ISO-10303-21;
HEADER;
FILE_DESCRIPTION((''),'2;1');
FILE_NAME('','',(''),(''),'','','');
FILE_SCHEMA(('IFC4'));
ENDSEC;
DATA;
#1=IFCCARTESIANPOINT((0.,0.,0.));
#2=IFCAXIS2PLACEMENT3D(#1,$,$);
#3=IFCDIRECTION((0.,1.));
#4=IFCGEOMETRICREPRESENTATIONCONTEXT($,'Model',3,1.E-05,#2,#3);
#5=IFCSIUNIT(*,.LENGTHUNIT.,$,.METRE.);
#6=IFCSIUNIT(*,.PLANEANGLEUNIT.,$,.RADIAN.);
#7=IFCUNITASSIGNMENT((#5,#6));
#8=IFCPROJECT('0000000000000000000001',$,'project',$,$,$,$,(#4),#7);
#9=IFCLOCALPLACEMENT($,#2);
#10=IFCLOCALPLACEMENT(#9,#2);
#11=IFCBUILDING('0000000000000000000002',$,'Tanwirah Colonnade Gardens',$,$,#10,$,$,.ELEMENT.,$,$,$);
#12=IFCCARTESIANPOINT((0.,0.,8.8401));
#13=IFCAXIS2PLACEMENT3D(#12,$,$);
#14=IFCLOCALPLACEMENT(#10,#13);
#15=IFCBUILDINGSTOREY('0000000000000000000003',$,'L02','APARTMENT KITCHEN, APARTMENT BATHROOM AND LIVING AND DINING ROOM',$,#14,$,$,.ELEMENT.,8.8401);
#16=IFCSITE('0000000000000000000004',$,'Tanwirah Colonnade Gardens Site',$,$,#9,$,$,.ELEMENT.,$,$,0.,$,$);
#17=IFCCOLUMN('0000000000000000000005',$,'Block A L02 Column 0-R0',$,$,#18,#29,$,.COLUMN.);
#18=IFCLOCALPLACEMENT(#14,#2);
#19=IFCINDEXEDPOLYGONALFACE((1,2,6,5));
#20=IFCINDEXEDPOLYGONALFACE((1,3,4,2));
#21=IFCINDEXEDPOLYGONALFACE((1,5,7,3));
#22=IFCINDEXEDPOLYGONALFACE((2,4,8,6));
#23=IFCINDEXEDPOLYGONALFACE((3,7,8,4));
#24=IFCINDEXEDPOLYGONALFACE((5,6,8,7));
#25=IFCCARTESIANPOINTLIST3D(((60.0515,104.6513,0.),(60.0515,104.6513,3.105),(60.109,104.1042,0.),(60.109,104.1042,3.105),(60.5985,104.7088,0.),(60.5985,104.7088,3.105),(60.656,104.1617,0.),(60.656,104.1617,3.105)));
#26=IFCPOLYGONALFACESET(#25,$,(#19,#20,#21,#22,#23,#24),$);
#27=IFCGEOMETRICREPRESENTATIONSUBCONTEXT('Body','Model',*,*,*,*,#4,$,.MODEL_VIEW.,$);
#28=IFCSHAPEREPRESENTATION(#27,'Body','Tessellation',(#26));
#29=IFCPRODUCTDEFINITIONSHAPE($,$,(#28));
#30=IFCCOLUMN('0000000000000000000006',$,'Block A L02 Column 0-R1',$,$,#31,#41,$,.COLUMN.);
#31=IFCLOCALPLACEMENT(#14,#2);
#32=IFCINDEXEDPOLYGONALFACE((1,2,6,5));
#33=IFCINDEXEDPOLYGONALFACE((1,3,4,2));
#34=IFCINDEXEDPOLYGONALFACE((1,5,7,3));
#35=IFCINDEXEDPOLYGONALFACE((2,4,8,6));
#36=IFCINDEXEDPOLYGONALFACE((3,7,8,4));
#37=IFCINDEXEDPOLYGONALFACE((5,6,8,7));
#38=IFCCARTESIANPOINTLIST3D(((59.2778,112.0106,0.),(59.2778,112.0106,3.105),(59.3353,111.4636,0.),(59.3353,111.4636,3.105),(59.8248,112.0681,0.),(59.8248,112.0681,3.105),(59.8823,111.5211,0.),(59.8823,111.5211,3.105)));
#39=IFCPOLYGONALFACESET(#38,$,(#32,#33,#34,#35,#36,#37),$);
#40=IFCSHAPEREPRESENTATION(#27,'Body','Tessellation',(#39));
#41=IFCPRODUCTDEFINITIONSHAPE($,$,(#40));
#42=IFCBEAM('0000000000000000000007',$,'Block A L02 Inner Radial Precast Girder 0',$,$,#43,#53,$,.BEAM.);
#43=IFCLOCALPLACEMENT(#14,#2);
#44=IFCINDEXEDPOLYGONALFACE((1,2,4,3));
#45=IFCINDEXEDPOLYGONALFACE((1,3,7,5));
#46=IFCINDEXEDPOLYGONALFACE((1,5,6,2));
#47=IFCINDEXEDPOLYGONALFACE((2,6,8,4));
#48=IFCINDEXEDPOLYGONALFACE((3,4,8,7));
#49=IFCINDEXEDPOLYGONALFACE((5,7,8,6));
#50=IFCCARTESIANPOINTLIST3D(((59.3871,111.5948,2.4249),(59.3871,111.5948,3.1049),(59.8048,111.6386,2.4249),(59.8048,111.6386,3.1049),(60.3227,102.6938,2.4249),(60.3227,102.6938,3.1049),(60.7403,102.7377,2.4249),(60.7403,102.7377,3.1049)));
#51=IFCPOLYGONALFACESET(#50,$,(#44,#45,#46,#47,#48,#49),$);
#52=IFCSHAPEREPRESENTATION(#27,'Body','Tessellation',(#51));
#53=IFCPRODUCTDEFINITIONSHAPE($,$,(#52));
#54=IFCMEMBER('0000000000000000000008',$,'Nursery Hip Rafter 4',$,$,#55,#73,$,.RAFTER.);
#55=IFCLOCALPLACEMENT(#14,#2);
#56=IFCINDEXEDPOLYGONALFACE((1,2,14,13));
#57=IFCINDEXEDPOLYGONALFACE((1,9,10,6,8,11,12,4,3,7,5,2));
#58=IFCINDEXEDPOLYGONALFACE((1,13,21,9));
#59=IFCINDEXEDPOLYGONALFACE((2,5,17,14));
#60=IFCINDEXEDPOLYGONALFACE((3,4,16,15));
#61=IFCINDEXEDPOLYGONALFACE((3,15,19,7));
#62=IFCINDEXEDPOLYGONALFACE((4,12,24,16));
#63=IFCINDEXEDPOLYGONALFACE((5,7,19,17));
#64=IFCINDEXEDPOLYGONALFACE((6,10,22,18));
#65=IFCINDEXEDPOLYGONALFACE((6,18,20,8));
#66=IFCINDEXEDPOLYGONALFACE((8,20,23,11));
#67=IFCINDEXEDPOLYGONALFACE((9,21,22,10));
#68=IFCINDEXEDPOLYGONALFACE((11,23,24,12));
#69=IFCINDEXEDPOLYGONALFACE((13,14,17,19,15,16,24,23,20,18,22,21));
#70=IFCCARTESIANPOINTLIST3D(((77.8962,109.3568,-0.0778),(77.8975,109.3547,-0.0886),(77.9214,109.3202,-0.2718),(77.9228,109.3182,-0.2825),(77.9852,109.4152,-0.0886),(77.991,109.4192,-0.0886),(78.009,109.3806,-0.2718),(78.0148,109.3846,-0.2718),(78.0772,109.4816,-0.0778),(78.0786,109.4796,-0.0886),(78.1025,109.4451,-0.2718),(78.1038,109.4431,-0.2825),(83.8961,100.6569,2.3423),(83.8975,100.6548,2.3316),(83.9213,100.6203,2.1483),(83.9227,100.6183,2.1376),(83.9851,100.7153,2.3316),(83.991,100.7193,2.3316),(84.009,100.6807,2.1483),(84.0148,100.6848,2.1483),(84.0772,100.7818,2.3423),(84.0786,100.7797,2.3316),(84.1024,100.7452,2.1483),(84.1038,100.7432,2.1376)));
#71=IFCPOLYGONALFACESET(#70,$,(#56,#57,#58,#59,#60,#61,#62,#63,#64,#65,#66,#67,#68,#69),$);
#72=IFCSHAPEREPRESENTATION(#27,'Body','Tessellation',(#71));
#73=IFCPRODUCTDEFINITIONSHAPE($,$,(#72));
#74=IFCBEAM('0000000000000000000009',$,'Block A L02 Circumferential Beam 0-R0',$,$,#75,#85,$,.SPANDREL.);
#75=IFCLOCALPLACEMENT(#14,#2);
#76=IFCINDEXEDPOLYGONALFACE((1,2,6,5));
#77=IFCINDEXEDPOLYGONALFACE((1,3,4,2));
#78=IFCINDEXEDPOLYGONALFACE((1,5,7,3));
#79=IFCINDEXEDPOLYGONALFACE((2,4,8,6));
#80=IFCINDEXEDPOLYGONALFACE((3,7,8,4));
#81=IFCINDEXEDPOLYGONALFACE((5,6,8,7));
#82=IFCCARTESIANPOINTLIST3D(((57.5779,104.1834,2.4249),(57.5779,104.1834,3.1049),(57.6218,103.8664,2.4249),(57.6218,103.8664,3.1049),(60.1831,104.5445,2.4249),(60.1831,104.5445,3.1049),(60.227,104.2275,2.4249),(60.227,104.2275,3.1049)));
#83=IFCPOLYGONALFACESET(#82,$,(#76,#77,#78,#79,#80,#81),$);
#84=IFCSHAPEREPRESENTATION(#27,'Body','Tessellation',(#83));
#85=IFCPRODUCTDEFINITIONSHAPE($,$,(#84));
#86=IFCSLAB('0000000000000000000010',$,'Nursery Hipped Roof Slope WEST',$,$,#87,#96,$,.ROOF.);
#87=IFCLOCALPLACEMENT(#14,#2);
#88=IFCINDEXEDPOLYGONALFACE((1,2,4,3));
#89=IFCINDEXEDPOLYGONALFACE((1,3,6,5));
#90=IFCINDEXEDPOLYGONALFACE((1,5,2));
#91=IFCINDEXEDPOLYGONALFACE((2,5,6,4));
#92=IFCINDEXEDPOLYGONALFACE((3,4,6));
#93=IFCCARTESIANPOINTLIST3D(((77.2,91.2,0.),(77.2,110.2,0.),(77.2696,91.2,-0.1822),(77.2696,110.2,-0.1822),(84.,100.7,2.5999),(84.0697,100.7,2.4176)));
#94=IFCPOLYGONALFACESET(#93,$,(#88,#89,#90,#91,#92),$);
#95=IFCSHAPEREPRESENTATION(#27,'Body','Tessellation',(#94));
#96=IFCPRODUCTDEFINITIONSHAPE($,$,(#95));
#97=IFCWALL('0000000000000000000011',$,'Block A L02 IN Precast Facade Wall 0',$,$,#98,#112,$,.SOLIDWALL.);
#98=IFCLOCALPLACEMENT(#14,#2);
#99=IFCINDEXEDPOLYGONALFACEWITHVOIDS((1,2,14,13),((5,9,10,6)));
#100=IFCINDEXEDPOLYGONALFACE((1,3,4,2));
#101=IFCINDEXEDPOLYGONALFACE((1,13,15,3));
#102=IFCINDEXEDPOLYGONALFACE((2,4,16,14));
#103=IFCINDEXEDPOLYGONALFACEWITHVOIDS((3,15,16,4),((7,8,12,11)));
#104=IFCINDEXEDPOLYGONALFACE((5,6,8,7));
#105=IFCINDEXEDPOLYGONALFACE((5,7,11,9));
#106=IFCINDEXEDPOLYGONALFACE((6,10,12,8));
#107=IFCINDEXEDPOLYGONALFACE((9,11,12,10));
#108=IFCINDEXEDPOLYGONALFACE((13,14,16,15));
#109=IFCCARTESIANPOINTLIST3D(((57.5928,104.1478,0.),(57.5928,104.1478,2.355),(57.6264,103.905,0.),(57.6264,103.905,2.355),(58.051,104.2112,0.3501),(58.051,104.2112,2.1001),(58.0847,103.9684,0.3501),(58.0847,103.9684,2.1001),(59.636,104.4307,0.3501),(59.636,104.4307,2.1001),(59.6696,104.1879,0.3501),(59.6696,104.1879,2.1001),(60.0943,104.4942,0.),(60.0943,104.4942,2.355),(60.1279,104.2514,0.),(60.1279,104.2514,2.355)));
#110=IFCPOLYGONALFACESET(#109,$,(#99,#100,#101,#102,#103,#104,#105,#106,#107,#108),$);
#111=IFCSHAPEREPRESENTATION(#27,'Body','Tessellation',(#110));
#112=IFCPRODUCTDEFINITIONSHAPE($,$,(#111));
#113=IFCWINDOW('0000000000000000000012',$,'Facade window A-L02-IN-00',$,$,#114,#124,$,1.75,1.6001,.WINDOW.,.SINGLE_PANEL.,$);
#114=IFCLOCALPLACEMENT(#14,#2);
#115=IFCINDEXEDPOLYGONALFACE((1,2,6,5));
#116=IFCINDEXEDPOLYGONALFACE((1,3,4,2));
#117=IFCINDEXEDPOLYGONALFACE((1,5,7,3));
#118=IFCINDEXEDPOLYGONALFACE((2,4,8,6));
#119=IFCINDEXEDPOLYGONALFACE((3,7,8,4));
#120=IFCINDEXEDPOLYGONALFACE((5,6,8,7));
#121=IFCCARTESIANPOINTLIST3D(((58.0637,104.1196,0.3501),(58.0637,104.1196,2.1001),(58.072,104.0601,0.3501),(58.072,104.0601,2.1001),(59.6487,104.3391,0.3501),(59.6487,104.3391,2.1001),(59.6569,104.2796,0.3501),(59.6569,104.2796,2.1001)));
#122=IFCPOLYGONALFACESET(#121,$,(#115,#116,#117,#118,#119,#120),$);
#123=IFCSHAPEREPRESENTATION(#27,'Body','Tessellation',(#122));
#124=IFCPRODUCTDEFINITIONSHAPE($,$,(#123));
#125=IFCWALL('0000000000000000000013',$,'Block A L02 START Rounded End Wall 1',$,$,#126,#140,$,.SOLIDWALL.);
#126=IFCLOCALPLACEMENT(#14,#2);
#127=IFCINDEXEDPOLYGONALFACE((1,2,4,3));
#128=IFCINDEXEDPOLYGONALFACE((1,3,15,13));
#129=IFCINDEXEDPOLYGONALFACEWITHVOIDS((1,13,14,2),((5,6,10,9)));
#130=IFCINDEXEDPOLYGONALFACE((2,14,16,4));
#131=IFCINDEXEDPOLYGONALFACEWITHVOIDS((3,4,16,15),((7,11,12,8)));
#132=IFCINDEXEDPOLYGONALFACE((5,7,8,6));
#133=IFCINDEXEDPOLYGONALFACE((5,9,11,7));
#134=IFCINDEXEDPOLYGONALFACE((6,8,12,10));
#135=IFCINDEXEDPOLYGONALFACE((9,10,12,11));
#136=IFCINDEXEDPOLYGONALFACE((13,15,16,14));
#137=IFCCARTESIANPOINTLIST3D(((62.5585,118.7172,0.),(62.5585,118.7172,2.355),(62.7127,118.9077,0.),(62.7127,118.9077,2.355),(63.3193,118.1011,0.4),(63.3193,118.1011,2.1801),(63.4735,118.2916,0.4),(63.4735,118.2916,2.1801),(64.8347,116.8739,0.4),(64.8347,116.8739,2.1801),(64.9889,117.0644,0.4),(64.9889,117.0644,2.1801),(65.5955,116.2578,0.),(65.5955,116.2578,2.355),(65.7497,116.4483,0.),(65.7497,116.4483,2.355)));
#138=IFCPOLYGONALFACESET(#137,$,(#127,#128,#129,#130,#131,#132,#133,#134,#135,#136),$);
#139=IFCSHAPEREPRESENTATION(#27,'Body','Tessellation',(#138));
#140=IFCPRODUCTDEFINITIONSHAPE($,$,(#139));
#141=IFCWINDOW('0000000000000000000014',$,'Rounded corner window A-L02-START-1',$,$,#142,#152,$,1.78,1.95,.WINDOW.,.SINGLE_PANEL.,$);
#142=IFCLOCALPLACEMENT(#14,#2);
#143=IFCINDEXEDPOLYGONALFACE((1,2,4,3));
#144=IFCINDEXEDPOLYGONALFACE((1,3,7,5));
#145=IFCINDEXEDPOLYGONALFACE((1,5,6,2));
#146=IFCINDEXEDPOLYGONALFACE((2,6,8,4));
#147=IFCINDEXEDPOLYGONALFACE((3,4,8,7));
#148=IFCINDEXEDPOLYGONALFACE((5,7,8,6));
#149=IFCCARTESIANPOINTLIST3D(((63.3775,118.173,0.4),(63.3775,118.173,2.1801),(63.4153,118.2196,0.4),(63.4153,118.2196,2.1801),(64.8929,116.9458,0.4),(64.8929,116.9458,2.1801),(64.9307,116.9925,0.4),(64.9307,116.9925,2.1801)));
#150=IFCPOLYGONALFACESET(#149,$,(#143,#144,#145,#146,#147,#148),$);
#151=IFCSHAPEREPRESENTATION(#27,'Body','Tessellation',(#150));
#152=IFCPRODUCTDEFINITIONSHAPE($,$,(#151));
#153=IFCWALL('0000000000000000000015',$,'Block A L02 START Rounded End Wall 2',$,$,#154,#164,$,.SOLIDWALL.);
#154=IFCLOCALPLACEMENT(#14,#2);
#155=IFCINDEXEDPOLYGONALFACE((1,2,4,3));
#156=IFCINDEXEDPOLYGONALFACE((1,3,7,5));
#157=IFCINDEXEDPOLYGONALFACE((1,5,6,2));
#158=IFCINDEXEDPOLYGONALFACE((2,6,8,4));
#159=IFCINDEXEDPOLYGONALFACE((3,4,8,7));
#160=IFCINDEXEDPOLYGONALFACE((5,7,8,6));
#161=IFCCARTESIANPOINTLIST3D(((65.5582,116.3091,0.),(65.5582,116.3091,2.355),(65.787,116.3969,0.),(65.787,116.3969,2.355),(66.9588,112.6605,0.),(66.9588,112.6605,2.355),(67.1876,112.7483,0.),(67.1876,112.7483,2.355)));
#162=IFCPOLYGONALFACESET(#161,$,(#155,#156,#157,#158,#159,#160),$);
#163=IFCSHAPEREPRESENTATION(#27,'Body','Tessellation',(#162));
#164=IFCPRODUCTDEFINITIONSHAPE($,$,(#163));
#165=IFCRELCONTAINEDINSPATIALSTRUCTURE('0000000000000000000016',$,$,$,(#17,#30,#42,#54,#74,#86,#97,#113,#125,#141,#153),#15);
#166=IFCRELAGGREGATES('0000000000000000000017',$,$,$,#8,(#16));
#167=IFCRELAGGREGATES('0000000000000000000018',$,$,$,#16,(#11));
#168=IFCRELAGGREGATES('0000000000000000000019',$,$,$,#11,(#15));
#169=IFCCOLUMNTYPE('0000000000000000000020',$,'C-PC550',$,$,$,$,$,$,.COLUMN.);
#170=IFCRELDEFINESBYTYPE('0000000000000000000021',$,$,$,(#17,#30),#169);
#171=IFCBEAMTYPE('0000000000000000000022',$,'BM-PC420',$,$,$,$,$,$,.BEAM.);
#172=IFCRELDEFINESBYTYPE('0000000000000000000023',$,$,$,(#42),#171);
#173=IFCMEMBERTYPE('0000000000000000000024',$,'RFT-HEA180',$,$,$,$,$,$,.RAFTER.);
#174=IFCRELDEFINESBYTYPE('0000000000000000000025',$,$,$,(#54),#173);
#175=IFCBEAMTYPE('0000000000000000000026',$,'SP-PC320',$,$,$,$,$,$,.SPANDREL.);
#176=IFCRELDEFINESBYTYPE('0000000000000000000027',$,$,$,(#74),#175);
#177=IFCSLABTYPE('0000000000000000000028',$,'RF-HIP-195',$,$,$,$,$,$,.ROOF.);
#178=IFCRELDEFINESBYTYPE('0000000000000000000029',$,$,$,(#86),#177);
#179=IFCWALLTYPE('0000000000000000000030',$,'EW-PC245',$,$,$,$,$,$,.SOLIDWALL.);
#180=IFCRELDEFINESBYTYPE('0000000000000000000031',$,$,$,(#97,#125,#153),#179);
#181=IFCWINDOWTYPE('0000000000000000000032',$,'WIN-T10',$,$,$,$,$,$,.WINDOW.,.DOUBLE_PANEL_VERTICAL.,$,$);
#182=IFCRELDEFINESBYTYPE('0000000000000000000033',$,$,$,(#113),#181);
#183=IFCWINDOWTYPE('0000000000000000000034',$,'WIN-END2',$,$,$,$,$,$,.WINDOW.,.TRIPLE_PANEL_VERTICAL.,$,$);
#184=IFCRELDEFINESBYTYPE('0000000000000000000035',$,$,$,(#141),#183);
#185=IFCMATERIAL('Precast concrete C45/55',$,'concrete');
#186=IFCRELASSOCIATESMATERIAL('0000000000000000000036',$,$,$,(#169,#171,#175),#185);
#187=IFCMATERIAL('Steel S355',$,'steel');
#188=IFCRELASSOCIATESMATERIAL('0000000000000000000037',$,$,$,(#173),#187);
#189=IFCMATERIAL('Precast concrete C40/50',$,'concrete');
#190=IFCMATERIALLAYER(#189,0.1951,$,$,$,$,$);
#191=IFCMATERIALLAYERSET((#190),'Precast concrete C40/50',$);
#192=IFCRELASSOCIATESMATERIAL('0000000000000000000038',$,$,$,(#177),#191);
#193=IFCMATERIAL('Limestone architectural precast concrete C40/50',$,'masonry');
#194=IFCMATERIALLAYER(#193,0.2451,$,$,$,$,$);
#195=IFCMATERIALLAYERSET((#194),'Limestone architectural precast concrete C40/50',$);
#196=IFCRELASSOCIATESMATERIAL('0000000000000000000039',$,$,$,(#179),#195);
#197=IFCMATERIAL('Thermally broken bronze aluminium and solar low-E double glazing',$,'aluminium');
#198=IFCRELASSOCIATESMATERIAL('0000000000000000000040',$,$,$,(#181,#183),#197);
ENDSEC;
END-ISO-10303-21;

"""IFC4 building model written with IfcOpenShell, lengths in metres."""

from ifc_helpers import new_model, si_unit, direction, frame, frame_2d, origin, origin_2d, place, context, subcontext, project, spatial, polyline, rectangle, i_section, outline, extrude, material, layer, layer_set, material_profile, profile_set, type_object, element, fill, save


model = new_model("IFC4")

# Units and contexts
model_context = context("Model", 3, precision=1e-05, world=origin(), true_north=direction((0.0, 1.0)))
body_context = subcontext(model_context, "Body", "Model", "MODEL_VIEW")
ifc_project = project(units=[si_unit("LENGTHUNIT", "METRE"), si_unit("PLANEANGLEUNIT", "RADIAN")], contexts=[model_context])

# Site, building, storey
site_placement = place(None, origin())
site = spatial("IfcSite", under=ifc_project, at=site_placement, Name="Tanwirah Colonnade Gardens Site", CompositionType="ELEMENT", RefElevation=0.0)
building_placement = place(site_placement, origin())
building = spatial("IfcBuilding", under=site, at=building_placement, Name="Tanwirah Colonnade Gardens", CompositionType="ELEMENT")
storey_placement = place(building_placement, frame((0.0, 0.0, 8.8401)))
storey = spatial("IfcBuildingStorey", under=building, at=storey_placement, Name="L02", Description="APARTMENT KITCHEN, APARTMENT BATHROOM AND LIVING AND DINING ROOM", CompositionType="ELEMENT", Elevation=8.8401)

# Columns
ifc_material_1 = material(Name="Precast concrete C45/55", Category="concrete")
ifc_material_profile_1 = material_profile(ifc_material_1, rectangle(XDim=0.55, YDim=0.55, at=origin_2d()), Name="PC-COL 550x550")
ifc_profile_set_1 = profile_set([ifc_material_profile_1], Name="Precast concrete C45/55")
column_type = type_object("IfcColumnType", Name="C-PC550", PredefinedType="COLUMN", material=ifc_profile_set_1)
for number, where, z_axis, x_axis, name in (
    (1, (60.3538, 104.4065, 0.0), (0.0, 0.0, 1.0), (-0.104528, 0.994522, 0.0), "Block A L02 Column 0-R0"),
    (2, (59.5801, 111.7659, 0.0), (0.0, 0.0, 1.0), (-0.104528, 0.994522, 0.0), "Block A L02 Column 0-R1"),
):
    element("IfcColumn", number, at=place(storey_placement, frame(where, z_axis=z_axis, x_axis=x_axis)), inside=storey, type_object=column_type, Name=name, PredefinedType="COLUMN", context=body_context, shape_type="SweptSolid", body=[
        extrude(rectangle(XDim=0.55, YDim=0.55, at=origin_2d()), origin(), (0.0, 0.0, 1.0), 3.105),
    ])

# Beam
ifc_material_profile_2 = material_profile(ifc_material_1, rectangle(XDim=0.4199, YDim=0.6799, at=origin_2d()), Name="PC-BM 420x680")
ifc_profile_set_2 = profile_set([ifc_material_profile_2], Name="Precast concrete C45/55")
beam_type_1 = type_object("IfcBeamType", Name="BM-PC420", PredefinedType="BEAM", material=ifc_profile_set_2)
beam_1_placement = place(storey_placement, frame((59.5959, 111.6167, 2.7649), z_axis=(0.104531, -0.994522, 0.0), x_axis=(0.994522, 0.104531, 0.0)))
element("IfcBeam", 3, at=beam_1_placement, inside=storey, type_object=beam_type_1, Name="Block A L02 Inner Radial Precast Girder 0", PredefinedType="BEAM", context=body_context, shape_type="SweptSolid", body=[
    extrude(rectangle(XDim=0.4199, YDim=0.6799, at=origin_2d()), origin(), (0.0, 0.0, 1.0), 8.95),
])

# Member
ifc_material_2 = material(Name="Steel S355", Category="steel")
ifc_material_profile_3 = material_profile(ifc_material_2, i_section(OverallWidth=0.22, OverallDepth=0.21, WebThickness=0.0071, FlangeThickness=0.011, at=origin_2d()), Name="HEA 220")
ifc_profile_set_3 = profile_set([ifc_material_profile_3], Name="Steel S355")
member_type = type_object("IfcMemberType", Name="RFT-HEA180", PredefinedType="RAFTER", material=ifc_profile_set_3)
member_placement = place(storey_placement, frame((78.0, 109.3999, -0.1802), z_axis=(0.55341, -0.802439, 0.223224), x_axis=(0.823211, 0.567735, 0.0)))
element("IfcMember", 4, at=member_placement, inside=storey, type_object=member_type, Name="Nursery Hip Rafter 4", PredefinedType="RAFTER", context=body_context, shape_type="SweptSolid", body=[
    extrude(i_section(OverallWidth=0.22, OverallDepth=0.21, WebThickness=0.0071, FlangeThickness=0.011, at=origin_2d()), origin(), (0.0, 0.0, 1.0), 10.8418),
])

# Beam
ifc_material_profile_4 = material_profile(ifc_material_1, rectangle(XDim=0.3201, YDim=0.6799, at=origin_2d()), Name="PC-SP 320x680")
ifc_profile_set_4 = profile_set([ifc_material_profile_4], Name="Precast concrete C45/55")
beam_type_2 = type_object("IfcBeamType", Name="SP-PC320", PredefinedType="SPANDREL", material=ifc_profile_set_4)
beam_2_placement = place(storey_placement, frame((60.2051, 104.386, 2.7649), z_axis=(-0.990531, -0.137288, 0.0), x_axis=(0.137288, -0.990531, 0.0)))
element("IfcBeam", 5, at=beam_2_placement, inside=storey, type_object=beam_type_2, Name="Block A L02 Circumferential Beam 0-R0", PredefinedType="SPANDREL", context=body_context, shape_type="SweptSolid", body=[
    extrude(rectangle(XDim=0.3201, YDim=0.6799, at=origin_2d()), origin(), (0.0, 0.0, 1.0), 2.6301),
])

# Slab
ifc_material_3 = material(Name="Precast concrete C40/50", Category="concrete")
ifc_layer_1 = layer(ifc_material_3, 0.1951)
ifc_layer_set_1 = layer_set([ifc_layer_1], Name="Precast concrete C40/50")
slab_type = type_object("IfcSlabType", Name="RF-HIP-195", PredefinedType="ROOF", material=ifc_layer_set_1)
slab_placement = place(storey_placement, frame((77.2, 110.2, 0.0), z_axis=(-0.357118, 0.0, 0.934059), x_axis=(0.0, -1.0, 0.0)))
element("IfcSlab", 6, at=slab_placement, inside=storey, type_object=slab_type, Name="Nursery Hipped Roof Slope WEST", PredefinedType="ROOF", context=body_context, shape_type="SweptSolid", body=[
    extrude(outline(polyline([(0.0, 0.0), (19.0, 0.0), (9.5, 7.2801), (0.0, 0.0)])), origin(), (0.0, 0.0, -1.0), 0.1951),
])

# Walls, openings, windows
ifc_material_4 = material(Name="Limestone architectural precast concrete C40/50", Category="masonry")
ifc_layer_2 = layer(ifc_material_4, 0.2451)
ifc_layer_set_2 = layer_set([ifc_layer_2], Name="Limestone architectural precast concrete C40/50")
wall_type_1 = type_object("IfcWallType", Name="EW-PC245", PredefinedType="SOLIDWALL", material=ifc_layer_set_2)
wall_1_placement = place(storey_placement, frame((60.1111, 104.3728, 0.0), z_axis=(0.0, 0.0, 1.0), x_axis=(-0.990546, -0.137184, 0.0)))
wall_1 = element("IfcWall", 7, at=wall_1_placement, inside=storey, type_object=wall_type_1, Name="Block A L02 IN Precast Facade Wall 0", PredefinedType="SOLIDWALL", context=body_context, shape_type="SweptSolid", body=[
    extrude(rectangle(XDim=2.5254, YDim=0.2451, at=frame_2d((1.2627, 0.0))), origin(), (0.0, 0.0, 1.0), 2.355),
])
opening_1_placement = place(wall_1_placement, frame((0.4626, 0.0, 0.3501)))
opening_1 = element("IfcOpeningElement", 8, at=opening_1_placement, cuts=wall_1, PredefinedType="OPENING", context=body_context, shape_type="SweptSolid", body=[
    extrude(rectangle(XDim=1.6001, YDim=1.75, at=frame_2d((0.8, 0.875))), frame((0.0, 0.1326, 0.0), z_axis=(0.0, -1.0, 0.0), x_axis=(1.0, 0.0, 0.0)), (0.0, 0.0, 1.0), 0.2651),
])
ifc_material_5 = material(Name="Thermally broken bronze aluminium and solar low-E double glazing", Category="aluminium")
window_type_1 = type_object("IfcWindowType", Name="WIN-T10", PartitioningType="DOUBLE_PANEL_VERTICAL", PredefinedType="WINDOW", material=ifc_material_5)
window_1_placement = place(opening_1_placement, origin())
window_1 = element("IfcWindow", 9, at=window_1_placement, inside=storey, type_object=window_type_1, Name="Facade window A-L02-IN-00", OverallHeight=1.75, OverallWidth=1.6001, PartitioningType="SINGLE_PANEL", PredefinedType="WINDOW", context=body_context, shape_type="SweptSolid", body=[
    extrude(rectangle(XDim=1.6001, YDim=1.75, at=frame_2d((0.8, 0.875))), frame((0.0, 0.03, 0.0), z_axis=(0.0, -1.0, 0.0), x_axis=(1.0, 0.0, 0.0)), (0.0, 0.0, 1.0), 0.0601),
])
fill(opening_1, window_1)
wall_2_placement = place(storey_placement, frame((62.6355, 118.8125, 0.0), z_axis=(0.0, 0.0, 1.0), x_axis=(0.777137, -0.629331, 0.0)))
wall_2 = element("IfcWall", 10, at=wall_2_placement, inside=storey, type_object=wall_type_1, Name="Block A L02 START Rounded End Wall 1", PredefinedType="SOLIDWALL", context=body_context, shape_type="SweptSolid", body=[
    extrude(rectangle(XDim=3.908, YDim=0.2451, at=frame_2d((1.9541, 0.0))), origin(), (0.0, 0.0, 1.0), 2.355),
])
opening_2_placement = place(wall_2_placement, frame((0.979, 0.0, 0.3999)))
opening_2 = element("IfcOpeningElement", 11, at=opening_2_placement, cuts=wall_2, PredefinedType="OPENING", context=body_context, shape_type="SweptSolid", body=[
    extrude(rectangle(XDim=1.95, YDim=1.78, at=frame_2d((0.9751, 0.8901))), frame((0.0, 0.1326, 0.0), z_axis=(0.0, -1.0, 0.0), x_axis=(1.0, 0.0, 0.0)), (0.0, 0.0, 1.0), 0.2651),
])
window_type_2 = type_object("IfcWindowType", Name="WIN-END2", PartitioningType="TRIPLE_PANEL_VERTICAL", PredefinedType="WINDOW", material=ifc_material_5)
window_2_placement = place(opening_2_placement, origin())
window_2 = element("IfcWindow", 12, at=window_2_placement, inside=storey, type_object=window_type_2, Name="Rounded corner window A-L02-START-1", OverallHeight=1.78, OverallWidth=1.95, PartitioningType="SINGLE_PANEL", PredefinedType="WINDOW", context=body_context, shape_type="SweptSolid", body=[
    extrude(rectangle(XDim=1.95, YDim=1.78, at=frame_2d((0.9751, 0.8901))), frame((0.0, 0.03, 0.0), z_axis=(0.0, -1.0, 0.0), x_axis=(1.0, 0.0, 0.0)), (0.0, 0.0, 1.0), 0.0601),
])
fill(opening_2, window_2)

# Wall
wall_3_placement = place(storey_placement, frame((65.6726, 116.353, 0.0), z_axis=(0.0, 0.0, 1.0), x_axis=(0.358376, -0.933577, 0.0)))
element("IfcWall", 13, at=wall_3_placement, inside=storey, type_object=wall_type_1, Name="Block A L02 START Rounded End Wall 2", PredefinedType="SOLIDWALL", context=body_context, shape_type="SweptSolid", body=[
    extrude(rectangle(XDim=3.9082, YDim=0.2451, at=frame_2d((1.9541, 0.0))), origin(), (0.0, 0.0, 1.0), 2.355),
])

save(model, "model.ifc")
